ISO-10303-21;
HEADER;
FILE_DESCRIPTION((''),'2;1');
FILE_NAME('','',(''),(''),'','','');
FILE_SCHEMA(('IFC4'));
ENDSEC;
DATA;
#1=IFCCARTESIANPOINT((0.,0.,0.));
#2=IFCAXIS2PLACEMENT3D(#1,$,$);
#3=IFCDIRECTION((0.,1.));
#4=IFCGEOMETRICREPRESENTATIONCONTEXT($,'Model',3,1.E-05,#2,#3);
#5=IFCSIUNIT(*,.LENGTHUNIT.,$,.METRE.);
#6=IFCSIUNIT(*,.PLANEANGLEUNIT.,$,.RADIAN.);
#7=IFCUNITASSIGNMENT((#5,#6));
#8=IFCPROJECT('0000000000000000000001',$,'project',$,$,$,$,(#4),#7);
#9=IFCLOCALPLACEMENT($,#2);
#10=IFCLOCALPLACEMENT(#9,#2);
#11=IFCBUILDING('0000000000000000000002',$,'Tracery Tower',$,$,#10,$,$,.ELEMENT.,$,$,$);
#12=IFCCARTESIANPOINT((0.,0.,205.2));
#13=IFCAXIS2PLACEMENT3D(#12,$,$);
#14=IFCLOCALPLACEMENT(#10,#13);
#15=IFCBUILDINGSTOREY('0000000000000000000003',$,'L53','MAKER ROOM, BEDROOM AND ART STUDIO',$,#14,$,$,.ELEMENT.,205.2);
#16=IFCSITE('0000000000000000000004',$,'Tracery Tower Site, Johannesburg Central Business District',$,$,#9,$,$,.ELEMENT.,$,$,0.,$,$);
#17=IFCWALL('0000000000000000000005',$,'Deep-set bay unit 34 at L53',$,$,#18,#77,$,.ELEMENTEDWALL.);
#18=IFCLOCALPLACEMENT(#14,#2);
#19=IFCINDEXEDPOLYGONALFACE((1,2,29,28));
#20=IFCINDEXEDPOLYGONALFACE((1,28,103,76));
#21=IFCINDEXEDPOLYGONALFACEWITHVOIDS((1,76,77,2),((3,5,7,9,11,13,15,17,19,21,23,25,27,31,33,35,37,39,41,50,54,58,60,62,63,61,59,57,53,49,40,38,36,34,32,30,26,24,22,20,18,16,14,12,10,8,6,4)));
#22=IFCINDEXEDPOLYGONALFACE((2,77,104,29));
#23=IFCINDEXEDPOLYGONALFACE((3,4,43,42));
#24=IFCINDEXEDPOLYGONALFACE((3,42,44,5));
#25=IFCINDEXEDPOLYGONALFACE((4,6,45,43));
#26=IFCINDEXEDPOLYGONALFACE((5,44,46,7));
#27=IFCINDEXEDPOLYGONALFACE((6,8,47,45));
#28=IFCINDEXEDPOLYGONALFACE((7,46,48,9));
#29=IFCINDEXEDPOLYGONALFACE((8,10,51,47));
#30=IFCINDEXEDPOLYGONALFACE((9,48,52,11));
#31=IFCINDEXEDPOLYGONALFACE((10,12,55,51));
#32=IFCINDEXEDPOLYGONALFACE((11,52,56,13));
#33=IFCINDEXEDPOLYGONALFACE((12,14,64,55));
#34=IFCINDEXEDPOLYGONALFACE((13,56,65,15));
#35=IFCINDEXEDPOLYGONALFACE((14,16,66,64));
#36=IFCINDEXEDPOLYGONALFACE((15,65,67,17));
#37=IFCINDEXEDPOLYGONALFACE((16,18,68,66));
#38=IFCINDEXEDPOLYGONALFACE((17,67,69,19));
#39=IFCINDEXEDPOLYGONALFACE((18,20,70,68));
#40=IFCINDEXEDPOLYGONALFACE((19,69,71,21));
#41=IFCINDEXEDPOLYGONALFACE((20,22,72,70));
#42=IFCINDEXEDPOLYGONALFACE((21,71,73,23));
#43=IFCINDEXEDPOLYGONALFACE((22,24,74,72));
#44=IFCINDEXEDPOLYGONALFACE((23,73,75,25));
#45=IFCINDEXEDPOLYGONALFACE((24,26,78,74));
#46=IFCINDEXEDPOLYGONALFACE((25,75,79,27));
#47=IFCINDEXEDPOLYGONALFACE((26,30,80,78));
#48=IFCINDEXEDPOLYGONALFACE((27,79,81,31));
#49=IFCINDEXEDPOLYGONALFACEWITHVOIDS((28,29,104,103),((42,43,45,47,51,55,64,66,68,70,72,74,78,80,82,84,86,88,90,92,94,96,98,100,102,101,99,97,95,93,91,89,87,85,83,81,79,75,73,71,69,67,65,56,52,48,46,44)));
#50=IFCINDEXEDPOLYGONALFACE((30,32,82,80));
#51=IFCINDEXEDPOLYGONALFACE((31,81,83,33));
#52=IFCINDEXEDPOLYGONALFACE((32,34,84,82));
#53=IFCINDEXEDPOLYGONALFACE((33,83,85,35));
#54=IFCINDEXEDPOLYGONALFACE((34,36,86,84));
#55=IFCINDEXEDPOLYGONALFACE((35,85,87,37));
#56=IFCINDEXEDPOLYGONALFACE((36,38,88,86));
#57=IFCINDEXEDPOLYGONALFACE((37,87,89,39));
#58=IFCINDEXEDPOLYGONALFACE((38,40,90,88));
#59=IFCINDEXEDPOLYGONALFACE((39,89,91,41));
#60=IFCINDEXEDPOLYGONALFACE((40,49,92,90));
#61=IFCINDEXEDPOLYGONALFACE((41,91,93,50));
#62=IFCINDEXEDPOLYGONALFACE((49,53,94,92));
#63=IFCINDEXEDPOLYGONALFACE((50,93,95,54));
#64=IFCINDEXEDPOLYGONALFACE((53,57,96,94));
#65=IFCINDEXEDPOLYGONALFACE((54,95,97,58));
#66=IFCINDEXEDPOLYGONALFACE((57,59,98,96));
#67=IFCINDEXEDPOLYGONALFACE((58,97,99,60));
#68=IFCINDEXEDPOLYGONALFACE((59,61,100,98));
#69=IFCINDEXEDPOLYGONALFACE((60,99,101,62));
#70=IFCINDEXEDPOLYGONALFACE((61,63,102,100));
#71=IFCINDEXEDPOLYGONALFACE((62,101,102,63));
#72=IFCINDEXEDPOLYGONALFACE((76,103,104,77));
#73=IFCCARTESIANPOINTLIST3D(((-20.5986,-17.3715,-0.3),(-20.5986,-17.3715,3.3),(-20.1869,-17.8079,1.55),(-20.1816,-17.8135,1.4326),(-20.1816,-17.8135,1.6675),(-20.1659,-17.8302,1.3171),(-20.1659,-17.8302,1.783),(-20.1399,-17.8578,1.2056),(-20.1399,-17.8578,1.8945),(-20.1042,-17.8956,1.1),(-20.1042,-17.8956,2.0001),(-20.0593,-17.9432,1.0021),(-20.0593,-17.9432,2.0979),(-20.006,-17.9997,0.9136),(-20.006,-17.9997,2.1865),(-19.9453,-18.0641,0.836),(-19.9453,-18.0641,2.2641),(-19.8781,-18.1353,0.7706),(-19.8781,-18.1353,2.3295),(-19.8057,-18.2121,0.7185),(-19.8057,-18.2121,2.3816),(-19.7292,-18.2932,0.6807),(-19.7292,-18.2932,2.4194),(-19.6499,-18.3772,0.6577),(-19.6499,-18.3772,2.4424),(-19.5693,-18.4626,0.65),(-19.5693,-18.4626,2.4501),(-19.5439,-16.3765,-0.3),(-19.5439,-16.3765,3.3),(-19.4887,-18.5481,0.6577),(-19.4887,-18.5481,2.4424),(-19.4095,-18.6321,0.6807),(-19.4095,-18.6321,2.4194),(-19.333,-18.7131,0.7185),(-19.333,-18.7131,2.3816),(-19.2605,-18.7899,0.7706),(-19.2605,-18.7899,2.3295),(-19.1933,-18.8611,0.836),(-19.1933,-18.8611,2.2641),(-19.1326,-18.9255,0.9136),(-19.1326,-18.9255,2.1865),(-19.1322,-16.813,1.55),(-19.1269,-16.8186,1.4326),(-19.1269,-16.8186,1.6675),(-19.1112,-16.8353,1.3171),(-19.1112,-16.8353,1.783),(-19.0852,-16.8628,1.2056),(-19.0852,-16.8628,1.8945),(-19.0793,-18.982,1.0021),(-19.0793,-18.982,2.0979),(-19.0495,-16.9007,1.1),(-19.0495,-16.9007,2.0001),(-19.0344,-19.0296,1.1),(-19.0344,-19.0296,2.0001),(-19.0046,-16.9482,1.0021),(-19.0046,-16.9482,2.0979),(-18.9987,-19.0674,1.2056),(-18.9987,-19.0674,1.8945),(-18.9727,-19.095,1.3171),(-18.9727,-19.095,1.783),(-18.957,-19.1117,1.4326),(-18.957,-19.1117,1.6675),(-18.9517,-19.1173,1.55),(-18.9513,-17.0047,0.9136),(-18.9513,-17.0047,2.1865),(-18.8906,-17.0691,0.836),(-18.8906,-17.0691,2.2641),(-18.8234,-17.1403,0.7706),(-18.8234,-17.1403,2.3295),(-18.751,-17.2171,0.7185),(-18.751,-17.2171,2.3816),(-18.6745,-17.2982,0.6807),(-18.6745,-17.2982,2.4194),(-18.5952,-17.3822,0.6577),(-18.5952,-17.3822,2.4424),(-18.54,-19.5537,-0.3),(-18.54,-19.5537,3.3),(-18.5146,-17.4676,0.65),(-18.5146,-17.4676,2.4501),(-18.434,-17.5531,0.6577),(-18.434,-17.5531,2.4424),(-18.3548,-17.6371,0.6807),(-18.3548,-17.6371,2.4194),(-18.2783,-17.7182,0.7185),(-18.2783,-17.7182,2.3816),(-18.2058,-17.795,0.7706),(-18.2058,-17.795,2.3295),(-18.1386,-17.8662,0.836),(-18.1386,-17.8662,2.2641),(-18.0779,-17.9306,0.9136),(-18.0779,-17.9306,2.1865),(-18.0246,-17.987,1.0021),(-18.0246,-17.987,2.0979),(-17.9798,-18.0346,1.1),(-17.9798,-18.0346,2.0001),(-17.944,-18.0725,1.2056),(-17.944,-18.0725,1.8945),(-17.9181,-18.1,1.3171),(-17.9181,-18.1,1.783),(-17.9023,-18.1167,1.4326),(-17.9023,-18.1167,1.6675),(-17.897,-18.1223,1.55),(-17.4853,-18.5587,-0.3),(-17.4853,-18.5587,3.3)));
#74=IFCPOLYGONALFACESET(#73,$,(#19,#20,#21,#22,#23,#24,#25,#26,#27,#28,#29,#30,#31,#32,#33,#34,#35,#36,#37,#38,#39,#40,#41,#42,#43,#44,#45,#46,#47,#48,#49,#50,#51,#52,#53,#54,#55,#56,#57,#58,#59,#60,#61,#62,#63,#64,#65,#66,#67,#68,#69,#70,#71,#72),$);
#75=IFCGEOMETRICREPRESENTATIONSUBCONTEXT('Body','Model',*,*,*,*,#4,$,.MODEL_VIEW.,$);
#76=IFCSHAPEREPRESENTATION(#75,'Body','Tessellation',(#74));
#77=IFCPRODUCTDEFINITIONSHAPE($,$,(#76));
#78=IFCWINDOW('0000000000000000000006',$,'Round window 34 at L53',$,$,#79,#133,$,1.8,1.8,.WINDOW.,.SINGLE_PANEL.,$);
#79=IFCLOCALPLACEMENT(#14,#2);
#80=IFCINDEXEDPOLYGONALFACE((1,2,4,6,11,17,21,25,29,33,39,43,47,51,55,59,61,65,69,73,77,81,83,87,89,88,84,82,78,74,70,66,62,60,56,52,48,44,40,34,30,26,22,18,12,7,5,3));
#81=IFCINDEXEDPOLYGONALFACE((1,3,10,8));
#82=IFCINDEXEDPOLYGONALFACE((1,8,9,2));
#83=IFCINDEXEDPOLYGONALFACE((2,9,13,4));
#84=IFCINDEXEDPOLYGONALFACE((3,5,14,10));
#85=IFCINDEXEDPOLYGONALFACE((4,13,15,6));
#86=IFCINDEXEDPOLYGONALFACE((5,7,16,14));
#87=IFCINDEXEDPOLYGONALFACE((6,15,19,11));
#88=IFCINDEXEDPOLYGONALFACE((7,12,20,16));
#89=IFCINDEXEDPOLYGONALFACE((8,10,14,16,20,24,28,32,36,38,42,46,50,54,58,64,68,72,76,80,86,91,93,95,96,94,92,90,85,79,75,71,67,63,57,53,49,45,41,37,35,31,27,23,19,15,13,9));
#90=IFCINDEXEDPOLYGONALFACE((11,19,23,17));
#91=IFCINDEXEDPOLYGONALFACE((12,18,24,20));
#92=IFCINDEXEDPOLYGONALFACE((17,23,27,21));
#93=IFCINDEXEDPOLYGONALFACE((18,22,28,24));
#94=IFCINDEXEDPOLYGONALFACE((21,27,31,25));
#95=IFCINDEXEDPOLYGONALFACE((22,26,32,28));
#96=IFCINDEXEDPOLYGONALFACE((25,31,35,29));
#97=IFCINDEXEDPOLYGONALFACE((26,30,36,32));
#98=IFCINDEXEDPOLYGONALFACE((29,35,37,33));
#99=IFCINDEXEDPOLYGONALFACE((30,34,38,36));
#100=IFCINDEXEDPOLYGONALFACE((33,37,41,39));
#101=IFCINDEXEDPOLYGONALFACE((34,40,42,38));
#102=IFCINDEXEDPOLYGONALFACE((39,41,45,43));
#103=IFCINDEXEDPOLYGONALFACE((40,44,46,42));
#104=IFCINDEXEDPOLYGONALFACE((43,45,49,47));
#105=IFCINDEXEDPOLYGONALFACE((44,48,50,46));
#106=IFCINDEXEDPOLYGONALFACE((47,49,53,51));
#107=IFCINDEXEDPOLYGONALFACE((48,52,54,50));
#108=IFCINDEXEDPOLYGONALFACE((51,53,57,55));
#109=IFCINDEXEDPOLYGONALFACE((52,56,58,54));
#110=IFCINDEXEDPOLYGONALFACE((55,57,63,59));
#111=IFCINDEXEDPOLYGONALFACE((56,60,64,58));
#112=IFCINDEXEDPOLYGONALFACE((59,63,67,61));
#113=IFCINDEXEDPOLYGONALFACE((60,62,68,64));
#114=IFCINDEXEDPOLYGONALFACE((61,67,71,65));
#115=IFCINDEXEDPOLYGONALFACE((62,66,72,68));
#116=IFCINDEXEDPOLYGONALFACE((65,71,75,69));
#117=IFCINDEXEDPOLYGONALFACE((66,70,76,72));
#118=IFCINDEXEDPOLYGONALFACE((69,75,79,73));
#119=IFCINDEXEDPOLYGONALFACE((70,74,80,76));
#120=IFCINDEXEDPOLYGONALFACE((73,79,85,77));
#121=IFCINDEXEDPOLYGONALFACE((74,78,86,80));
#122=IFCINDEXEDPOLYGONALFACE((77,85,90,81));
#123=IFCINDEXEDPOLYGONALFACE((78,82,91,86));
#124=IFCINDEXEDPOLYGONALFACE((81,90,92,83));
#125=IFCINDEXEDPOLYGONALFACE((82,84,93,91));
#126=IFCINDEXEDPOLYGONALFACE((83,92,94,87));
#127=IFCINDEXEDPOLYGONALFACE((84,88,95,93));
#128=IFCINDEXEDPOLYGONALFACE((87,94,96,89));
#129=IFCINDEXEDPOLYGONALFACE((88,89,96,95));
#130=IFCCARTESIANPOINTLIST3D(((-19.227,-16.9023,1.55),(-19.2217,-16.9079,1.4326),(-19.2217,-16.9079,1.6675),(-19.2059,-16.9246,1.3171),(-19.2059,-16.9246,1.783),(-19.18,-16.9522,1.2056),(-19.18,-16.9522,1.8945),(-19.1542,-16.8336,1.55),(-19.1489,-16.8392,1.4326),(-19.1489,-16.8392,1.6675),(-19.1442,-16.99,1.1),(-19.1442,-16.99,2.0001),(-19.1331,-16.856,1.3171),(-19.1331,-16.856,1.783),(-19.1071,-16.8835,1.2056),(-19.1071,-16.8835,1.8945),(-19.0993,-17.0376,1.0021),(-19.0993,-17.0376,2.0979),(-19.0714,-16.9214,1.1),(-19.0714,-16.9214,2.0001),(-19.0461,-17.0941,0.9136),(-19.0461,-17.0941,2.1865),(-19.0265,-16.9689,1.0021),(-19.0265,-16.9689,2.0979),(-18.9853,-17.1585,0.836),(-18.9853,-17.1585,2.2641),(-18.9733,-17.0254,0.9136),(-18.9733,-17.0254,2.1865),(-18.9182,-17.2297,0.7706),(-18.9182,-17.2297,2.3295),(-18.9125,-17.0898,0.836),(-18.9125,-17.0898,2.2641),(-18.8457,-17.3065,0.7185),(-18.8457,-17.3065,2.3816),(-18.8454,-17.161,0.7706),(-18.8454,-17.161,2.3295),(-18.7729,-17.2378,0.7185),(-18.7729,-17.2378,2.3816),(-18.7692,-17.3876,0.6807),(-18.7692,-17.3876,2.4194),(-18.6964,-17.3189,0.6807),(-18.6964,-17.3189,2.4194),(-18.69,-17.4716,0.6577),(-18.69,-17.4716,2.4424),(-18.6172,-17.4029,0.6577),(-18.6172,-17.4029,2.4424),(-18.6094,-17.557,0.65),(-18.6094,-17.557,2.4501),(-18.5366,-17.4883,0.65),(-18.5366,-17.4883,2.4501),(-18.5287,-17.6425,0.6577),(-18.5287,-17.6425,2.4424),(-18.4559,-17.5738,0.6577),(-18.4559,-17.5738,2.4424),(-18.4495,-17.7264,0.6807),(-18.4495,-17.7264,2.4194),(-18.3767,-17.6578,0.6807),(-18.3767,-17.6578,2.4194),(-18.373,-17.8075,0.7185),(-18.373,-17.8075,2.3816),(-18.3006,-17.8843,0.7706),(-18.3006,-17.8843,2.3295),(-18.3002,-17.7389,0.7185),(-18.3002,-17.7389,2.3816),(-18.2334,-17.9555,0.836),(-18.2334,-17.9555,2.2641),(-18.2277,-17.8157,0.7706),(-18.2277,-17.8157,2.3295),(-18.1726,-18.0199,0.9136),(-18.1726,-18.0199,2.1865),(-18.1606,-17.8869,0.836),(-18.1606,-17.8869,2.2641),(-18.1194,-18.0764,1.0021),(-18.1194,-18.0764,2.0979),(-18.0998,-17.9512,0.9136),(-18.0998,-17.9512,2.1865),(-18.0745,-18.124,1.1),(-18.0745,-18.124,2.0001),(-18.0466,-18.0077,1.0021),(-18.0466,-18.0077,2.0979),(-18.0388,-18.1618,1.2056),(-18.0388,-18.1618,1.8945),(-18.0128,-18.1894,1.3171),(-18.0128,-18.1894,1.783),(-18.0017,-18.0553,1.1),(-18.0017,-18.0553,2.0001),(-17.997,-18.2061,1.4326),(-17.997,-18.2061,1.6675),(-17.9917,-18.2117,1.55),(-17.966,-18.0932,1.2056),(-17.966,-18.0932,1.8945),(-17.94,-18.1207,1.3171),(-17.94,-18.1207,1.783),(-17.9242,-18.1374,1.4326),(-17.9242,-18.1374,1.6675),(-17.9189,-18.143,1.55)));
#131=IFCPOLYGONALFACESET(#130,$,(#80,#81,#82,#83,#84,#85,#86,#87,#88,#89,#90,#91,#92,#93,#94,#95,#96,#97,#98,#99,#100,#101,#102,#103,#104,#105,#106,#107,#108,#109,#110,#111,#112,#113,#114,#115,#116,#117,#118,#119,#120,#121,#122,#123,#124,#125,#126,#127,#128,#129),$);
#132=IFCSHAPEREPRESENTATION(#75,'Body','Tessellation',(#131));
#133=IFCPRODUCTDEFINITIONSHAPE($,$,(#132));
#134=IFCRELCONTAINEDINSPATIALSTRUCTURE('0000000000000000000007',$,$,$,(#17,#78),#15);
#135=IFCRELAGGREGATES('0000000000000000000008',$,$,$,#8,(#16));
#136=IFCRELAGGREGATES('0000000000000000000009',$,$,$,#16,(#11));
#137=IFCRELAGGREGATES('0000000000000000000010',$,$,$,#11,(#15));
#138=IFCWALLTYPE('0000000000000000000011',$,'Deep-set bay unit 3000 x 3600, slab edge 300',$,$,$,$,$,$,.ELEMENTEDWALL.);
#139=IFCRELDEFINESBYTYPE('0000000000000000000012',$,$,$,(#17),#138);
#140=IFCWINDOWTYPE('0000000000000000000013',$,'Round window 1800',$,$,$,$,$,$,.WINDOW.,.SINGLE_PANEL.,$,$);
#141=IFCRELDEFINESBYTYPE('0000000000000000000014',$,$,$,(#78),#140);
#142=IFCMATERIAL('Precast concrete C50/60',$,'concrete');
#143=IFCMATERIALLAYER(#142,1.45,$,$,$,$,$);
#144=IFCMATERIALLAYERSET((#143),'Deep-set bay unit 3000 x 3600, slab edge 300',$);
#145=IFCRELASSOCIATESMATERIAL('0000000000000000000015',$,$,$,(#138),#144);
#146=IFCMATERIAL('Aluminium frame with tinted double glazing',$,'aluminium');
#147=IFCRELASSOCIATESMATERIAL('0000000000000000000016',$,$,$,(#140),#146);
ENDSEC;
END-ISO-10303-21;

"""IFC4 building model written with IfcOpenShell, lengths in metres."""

from ifc_helpers import new_model, si_unit, direction, frame, frame_2d, origin, origin_2d, place, context, subcontext, project, spatial, rectangle, circle, extrude, material, layer, layer_set, type_object, element, fill, save


model = new_model("IFC4")

# Units and contexts
model_context = context("Model", 3, precision=1e-05, world=origin(), true_north=direction((0.0, 1.0)))
body_context = subcontext(model_context, "Body", "Model", "MODEL_VIEW")
ifc_project = project(units=[si_unit("LENGTHUNIT", "METRE"), si_unit("PLANEANGLEUNIT", "RADIAN")], contexts=[model_context])

# Site, building, storey
site_placement = place(None, origin())
site = spatial("IfcSite", under=ifc_project, at=site_placement, Name="Tracery Tower Site, Johannesburg Central Business District", CompositionType="ELEMENT", RefElevation=0.0)
building_placement = place(site_placement, origin())
building = spatial("IfcBuilding", under=site, at=building_placement, Name="Tracery Tower", CompositionType="ELEMENT")
storey_placement = place(building_placement, frame((0.0, 0.0, 205.2)))
storey = spatial("IfcBuildingStorey", under=building, at=storey_placement, Name="L53", Description="MAKER ROOM, BEDROOM AND ART STUDIO", CompositionType="ELEMENT", Elevation=205.2)

# Wall, opening, window
ifc_material_1 = material(Name="Precast concrete C50/60", Category="concrete")
ifc_layer_1 = layer(ifc_material_1, 1.45)
ifc_layer_set_1 = layer_set([ifc_layer_1], Name="Deep-set bay unit 3000 x 3600, slab edge 300")
wall_type_1 = type_object("IfcWallType", Name="Deep-set bay unit 3000 x 3600, slab edge 300", PredefinedType="ELEMENTEDWALL", material=ifc_layer_set_1)
wall_1_placement = place(storey_placement, frame((-20.0713, -16.874, -0.3), z_axis=(0.0, 0.0, 1.0), x_axis=(0.686217, -0.727397, 0.0)))
wall_1 = element("IfcWall", 1, at=wall_1_placement, inside=storey, type_object=wall_type_1, Name="Deep-set bay unit 34 at L53", PredefinedType="ELEMENTEDWALL", context=body_context, shape_type="SweptSolid", body=[
    extrude(rectangle(XDim=3.0, YDim=1.45, at=frame_2d((1.5, 0.0))), origin(), (0.0, 0.0, 1.0), 3.6001),
])
opening_1_placement = place(wall_1_placement, frame((1.5, 0.0, 1.8501)))
opening_1 = element("IfcOpeningElement", 2, at=opening_1_placement, cuts=wall_1, PredefinedType="OPENING", context=body_context, shape_type="SweptSolid", body=[
    extrude(circle(Radius=0.9, at=origin_2d()), frame((0.0, 0.7349, 0.0), z_axis=(0.0, -1.0, 0.0), x_axis=(1.0, 0.0, 0.0)), (0.0, 0.0, 1.0), 1.47),
])
ifc_material_2 = material(Name="Aluminium frame with tinted double glazing", Category="aluminium")
window_type = type_object("IfcWindowType", Name="Round window 1800", PartitioningType="SINGLE_PANEL", PredefinedType="WINDOW", material=ifc_material_2)
window_1_placement = place(opening_1_placement, origin())
window_1 = element("IfcWindow", 3, at=window_1_placement, inside=storey, type_object=window_type, Name="Round window 34 at L53", OverallHeight=1.8, OverallWidth=1.8, PartitioningType="SINGLE_PANEL", PredefinedType="WINDOW", context=body_context, shape_type="SweptSolid", body=[
    extrude(circle(Radius=0.9, at=origin_2d()), frame((0.0, 0.6948, 0.0), z_axis=(0.0, -1.0, 0.0), x_axis=(1.0, 0.0, 0.0)), (0.0, 0.0, 1.0), 0.1001),
])
fill(opening_1, window_1)

save(model, "model.ifc")
